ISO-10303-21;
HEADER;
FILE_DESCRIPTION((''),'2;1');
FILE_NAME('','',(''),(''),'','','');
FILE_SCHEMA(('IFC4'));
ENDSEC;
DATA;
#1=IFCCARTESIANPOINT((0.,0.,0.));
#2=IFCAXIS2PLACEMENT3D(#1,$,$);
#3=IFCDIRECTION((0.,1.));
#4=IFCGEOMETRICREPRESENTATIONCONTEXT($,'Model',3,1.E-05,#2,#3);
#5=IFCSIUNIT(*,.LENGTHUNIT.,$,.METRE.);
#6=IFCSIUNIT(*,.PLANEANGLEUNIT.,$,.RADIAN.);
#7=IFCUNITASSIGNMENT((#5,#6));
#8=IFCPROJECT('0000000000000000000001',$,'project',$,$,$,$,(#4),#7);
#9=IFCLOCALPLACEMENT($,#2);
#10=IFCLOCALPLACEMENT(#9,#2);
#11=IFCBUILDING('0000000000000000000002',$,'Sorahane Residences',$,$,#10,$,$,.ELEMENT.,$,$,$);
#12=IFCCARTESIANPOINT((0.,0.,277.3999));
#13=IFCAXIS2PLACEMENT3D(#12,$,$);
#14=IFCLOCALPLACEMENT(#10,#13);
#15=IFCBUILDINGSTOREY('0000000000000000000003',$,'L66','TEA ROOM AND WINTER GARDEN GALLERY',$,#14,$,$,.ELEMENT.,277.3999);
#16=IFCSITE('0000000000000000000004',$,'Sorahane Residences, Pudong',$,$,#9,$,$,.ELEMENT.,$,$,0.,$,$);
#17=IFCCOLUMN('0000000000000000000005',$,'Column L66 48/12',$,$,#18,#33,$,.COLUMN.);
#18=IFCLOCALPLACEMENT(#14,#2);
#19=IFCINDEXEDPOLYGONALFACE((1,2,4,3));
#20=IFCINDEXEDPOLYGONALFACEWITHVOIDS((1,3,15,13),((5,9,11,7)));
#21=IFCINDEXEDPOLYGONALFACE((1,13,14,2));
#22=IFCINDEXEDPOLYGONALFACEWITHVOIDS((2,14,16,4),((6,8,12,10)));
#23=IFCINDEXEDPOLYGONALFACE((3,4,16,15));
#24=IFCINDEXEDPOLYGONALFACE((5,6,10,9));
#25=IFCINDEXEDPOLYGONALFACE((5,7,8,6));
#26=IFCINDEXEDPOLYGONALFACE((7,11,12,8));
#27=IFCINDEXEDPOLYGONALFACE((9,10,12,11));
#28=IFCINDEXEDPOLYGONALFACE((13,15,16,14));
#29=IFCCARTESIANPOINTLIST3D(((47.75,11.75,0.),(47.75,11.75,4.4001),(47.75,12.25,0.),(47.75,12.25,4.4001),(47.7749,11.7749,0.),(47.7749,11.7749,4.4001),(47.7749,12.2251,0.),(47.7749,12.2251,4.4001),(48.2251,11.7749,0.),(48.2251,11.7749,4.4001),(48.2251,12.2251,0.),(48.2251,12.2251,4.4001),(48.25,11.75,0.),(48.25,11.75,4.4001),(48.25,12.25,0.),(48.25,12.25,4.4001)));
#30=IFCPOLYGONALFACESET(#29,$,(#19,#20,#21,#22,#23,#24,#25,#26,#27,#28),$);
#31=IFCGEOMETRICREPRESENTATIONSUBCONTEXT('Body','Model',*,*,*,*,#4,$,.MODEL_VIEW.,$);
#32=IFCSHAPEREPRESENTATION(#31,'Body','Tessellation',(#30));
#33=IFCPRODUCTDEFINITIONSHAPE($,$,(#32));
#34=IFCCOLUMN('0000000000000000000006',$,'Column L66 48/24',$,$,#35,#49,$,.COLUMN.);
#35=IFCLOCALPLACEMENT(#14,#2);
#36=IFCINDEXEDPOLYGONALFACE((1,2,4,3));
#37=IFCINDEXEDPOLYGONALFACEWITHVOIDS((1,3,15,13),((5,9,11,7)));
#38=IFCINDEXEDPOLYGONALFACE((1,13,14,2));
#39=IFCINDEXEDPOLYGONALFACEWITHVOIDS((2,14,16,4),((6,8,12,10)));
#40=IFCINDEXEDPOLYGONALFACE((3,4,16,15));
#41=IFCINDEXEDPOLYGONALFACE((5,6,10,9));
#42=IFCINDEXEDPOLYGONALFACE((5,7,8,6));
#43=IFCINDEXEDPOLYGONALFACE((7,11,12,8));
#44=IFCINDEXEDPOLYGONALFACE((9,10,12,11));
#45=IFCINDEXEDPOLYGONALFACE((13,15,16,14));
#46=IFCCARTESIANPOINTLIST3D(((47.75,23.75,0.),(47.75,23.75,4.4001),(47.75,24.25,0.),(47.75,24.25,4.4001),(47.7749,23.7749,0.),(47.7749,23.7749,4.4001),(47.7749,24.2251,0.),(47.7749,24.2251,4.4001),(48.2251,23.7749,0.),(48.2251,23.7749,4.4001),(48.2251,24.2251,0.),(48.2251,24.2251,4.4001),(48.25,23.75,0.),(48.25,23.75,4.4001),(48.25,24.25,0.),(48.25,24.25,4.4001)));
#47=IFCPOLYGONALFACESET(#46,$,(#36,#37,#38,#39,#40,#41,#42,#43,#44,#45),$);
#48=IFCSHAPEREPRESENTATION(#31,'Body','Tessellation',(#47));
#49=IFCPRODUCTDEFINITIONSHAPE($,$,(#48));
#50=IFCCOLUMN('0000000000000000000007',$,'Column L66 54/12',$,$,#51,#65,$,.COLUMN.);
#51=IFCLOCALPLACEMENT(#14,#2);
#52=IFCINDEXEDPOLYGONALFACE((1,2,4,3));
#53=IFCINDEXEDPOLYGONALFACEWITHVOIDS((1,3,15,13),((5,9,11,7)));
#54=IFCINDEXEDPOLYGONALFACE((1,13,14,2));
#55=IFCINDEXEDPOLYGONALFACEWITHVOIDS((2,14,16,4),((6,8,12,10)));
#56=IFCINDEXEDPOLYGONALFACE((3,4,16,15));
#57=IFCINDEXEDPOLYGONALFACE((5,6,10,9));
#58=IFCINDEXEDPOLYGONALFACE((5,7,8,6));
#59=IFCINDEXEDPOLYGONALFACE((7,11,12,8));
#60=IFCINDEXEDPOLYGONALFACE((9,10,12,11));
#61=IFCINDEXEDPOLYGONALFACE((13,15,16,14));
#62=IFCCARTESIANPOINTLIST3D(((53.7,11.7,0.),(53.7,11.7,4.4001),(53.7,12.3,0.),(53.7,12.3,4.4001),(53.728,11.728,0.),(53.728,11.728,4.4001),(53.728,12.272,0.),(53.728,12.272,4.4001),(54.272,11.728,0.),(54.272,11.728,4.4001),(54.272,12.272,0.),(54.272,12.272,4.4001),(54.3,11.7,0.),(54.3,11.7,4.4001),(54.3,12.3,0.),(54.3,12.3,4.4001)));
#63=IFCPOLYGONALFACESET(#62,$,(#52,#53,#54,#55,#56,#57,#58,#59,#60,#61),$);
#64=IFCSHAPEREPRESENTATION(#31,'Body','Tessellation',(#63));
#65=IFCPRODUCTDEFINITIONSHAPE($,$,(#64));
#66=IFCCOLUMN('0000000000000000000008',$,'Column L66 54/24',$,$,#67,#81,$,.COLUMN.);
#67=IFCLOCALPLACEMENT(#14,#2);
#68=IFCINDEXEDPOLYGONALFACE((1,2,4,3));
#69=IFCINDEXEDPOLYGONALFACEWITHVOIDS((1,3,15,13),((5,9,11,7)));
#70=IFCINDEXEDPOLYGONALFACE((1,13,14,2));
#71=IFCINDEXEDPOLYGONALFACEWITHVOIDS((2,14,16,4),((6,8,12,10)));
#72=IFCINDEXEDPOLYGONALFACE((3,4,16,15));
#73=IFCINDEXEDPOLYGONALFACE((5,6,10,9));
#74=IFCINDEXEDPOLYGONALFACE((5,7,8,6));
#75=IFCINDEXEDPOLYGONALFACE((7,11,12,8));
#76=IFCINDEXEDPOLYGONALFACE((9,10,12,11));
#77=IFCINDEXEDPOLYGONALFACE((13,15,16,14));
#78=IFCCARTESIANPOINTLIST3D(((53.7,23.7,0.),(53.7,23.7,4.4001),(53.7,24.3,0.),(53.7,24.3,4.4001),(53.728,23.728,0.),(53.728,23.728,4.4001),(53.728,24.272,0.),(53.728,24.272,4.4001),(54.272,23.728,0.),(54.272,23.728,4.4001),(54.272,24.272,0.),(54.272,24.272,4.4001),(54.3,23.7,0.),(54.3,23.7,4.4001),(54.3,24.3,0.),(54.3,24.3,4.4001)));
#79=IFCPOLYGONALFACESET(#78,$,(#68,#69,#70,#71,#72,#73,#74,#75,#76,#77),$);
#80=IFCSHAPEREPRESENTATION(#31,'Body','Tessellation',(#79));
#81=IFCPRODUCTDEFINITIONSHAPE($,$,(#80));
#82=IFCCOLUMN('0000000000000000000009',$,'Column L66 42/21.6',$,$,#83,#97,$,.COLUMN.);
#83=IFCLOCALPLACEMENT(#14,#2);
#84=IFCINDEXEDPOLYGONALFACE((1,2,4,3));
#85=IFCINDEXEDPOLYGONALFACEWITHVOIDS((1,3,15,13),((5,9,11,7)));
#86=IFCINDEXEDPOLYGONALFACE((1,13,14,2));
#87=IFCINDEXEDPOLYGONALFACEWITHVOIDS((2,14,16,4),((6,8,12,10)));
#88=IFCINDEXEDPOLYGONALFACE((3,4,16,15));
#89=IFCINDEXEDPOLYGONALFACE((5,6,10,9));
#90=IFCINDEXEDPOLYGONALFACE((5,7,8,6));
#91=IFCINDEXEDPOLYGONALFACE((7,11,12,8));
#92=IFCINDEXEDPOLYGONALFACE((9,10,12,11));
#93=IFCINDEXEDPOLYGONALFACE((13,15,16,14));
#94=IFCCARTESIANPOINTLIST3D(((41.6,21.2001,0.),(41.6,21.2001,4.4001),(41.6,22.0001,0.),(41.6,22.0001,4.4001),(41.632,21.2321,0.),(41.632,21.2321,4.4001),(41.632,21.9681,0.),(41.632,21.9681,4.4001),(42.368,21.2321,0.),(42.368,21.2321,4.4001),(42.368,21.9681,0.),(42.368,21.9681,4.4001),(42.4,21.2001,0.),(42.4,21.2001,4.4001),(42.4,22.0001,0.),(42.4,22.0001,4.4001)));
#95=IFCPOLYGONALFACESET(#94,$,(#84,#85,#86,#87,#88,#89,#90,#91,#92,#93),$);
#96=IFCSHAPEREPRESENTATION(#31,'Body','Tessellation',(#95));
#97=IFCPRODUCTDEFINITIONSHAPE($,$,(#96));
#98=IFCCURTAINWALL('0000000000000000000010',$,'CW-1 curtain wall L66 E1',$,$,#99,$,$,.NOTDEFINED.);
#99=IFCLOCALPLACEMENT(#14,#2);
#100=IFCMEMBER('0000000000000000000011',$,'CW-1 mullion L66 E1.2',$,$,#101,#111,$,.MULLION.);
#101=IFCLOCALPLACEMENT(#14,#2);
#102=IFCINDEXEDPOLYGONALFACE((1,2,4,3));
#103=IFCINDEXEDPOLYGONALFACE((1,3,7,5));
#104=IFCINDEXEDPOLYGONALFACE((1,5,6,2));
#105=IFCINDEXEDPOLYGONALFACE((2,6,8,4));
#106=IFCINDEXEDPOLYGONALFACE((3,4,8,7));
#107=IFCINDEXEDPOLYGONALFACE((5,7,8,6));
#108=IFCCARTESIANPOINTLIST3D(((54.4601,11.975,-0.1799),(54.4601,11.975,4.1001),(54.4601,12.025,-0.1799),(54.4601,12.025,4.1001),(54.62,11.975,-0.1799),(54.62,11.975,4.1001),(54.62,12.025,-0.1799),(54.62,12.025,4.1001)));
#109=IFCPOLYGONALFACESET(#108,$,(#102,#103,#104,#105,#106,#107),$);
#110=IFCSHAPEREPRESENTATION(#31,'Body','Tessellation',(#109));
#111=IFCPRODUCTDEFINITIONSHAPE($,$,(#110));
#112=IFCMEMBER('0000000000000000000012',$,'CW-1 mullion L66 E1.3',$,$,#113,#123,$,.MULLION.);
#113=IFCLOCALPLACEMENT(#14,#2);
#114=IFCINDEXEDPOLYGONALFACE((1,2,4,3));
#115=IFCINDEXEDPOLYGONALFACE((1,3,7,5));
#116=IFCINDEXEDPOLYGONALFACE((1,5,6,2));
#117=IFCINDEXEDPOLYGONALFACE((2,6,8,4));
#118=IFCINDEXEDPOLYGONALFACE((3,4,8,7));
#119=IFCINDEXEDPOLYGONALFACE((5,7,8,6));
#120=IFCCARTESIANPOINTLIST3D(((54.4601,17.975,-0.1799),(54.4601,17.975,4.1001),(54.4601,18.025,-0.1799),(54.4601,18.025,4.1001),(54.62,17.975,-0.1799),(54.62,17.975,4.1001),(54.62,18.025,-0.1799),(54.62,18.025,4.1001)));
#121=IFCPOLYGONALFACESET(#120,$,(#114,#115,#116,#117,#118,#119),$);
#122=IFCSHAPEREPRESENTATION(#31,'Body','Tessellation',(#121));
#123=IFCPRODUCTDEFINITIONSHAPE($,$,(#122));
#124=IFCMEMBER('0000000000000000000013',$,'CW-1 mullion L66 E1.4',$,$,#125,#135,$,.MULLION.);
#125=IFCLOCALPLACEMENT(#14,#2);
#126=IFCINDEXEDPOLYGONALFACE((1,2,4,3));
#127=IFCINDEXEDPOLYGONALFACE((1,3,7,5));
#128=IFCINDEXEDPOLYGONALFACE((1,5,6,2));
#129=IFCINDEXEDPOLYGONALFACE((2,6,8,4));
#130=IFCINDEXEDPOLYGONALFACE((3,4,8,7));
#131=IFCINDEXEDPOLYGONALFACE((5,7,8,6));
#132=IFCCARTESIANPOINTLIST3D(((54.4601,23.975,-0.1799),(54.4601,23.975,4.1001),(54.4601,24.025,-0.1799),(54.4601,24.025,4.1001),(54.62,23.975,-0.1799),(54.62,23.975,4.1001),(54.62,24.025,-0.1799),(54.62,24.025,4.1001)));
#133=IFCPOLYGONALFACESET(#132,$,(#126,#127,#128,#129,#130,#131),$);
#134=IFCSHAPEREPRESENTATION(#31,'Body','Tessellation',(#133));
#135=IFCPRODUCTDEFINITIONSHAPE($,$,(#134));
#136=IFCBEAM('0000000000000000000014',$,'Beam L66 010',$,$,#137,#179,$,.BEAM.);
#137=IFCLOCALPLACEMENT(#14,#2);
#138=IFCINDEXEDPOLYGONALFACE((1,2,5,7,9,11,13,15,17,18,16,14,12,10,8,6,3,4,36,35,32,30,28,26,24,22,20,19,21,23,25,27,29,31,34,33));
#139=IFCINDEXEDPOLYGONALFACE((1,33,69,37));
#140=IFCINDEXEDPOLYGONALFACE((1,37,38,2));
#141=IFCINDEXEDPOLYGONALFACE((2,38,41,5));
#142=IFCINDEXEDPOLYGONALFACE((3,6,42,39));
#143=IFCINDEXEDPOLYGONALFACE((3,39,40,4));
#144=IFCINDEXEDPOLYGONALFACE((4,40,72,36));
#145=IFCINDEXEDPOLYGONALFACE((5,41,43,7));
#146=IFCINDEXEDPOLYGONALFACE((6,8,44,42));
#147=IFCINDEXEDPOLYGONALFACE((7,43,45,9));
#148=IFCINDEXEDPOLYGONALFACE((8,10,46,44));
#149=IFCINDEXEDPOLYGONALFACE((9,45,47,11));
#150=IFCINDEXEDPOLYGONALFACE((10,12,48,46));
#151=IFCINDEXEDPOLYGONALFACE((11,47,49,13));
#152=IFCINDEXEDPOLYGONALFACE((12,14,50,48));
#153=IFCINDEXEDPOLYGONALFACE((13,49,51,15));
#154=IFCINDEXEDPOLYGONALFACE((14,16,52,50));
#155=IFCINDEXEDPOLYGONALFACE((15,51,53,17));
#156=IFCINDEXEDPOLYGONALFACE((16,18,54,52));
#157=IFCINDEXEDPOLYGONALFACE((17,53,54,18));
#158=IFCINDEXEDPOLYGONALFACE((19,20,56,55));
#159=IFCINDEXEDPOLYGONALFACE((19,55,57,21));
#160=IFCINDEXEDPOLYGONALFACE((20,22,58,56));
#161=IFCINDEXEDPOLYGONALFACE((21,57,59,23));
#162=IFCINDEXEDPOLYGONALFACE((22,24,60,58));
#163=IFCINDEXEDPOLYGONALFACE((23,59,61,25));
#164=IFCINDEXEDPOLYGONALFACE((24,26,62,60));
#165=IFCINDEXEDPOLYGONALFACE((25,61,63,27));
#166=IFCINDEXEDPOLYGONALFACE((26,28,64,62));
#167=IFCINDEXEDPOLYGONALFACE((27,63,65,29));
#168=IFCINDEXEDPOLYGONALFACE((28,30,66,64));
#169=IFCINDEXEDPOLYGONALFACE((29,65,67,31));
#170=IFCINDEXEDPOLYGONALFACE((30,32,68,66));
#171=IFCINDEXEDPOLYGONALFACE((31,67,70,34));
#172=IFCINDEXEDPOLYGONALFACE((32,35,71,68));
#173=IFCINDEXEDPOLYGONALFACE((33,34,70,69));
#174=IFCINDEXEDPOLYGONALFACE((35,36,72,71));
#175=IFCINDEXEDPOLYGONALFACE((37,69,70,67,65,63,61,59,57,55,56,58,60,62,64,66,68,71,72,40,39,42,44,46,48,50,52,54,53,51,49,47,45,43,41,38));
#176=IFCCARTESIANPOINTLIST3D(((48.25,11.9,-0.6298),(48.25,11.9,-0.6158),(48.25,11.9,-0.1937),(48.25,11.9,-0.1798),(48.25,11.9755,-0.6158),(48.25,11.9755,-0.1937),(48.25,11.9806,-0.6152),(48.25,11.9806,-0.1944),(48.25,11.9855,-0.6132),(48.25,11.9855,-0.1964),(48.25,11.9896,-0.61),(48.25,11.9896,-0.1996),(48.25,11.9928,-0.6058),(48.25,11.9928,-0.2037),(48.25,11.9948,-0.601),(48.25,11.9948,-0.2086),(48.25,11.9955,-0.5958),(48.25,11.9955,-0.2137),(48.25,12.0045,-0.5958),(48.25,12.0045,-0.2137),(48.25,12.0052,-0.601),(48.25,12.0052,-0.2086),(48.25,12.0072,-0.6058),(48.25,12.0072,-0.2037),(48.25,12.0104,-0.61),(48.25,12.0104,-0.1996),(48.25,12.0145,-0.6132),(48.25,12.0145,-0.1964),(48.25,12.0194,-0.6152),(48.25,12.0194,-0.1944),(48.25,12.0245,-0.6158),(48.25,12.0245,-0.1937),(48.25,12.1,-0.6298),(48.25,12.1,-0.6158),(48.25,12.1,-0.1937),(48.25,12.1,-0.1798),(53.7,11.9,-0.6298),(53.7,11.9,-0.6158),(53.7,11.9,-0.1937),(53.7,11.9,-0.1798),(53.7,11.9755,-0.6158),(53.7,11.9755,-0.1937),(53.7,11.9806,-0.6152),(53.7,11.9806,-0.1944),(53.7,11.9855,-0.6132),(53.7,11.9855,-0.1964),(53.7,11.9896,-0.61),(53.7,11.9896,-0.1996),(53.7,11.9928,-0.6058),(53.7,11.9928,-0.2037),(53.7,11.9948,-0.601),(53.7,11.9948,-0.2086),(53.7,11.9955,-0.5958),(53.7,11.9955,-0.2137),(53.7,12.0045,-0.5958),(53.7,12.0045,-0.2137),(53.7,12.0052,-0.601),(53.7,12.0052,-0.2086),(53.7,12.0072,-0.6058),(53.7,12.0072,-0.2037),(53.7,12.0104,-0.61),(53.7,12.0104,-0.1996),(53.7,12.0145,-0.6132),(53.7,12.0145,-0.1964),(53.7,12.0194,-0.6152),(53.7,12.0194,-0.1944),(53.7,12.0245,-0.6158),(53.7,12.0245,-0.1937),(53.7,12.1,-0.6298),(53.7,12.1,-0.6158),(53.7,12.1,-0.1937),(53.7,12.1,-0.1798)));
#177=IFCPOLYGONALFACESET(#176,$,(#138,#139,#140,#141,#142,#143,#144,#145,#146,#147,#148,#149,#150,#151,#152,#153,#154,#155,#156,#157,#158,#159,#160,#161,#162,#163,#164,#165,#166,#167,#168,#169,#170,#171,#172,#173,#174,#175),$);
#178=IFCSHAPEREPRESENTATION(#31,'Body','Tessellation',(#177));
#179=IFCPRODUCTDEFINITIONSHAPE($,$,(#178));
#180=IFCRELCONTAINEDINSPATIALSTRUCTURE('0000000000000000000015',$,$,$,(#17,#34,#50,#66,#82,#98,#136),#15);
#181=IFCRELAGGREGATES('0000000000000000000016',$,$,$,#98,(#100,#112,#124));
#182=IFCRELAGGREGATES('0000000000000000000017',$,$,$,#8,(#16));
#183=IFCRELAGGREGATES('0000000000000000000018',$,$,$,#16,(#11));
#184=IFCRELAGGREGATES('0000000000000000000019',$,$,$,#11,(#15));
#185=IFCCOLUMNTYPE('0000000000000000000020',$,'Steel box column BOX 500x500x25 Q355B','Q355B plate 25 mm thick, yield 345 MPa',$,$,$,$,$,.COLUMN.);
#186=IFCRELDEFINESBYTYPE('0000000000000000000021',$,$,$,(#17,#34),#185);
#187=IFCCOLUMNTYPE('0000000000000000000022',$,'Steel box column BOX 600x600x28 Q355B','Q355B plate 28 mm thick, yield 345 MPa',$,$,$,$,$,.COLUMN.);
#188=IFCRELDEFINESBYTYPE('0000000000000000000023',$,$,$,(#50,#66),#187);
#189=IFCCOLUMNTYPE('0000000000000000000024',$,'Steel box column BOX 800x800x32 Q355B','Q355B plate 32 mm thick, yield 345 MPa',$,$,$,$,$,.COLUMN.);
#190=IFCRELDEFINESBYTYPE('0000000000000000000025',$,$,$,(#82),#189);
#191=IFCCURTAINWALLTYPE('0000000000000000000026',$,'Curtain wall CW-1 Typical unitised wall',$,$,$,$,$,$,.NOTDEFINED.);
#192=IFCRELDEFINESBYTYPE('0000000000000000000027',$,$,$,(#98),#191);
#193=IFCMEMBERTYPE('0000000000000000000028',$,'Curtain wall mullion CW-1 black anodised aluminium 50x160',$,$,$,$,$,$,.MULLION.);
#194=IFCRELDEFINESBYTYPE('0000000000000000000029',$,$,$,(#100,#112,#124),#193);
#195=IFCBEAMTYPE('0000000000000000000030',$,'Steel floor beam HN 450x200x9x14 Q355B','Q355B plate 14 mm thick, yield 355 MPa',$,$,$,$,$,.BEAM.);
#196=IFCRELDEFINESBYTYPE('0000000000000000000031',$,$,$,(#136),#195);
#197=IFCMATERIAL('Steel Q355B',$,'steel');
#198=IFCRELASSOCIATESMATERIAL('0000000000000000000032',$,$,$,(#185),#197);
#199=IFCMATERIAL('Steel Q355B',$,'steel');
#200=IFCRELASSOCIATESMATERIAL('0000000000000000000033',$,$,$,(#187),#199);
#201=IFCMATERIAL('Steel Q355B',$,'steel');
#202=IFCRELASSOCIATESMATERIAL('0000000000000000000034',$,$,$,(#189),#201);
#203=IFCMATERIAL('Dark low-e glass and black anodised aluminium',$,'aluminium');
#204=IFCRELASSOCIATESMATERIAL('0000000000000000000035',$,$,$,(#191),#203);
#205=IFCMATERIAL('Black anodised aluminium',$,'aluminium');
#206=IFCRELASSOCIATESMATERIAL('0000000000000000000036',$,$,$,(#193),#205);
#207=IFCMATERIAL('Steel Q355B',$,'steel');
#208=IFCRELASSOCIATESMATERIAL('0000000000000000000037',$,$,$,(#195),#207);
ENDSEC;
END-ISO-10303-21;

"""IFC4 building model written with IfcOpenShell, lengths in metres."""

from ifc_helpers import new_model, si_unit, direction, frame, origin, origin_2d, place, context, subcontext, project, spatial, rectangle, hollow_rectangle, i_section, extrude, material, material_profile, profile_set, type_object, element, aggregate, save


model = new_model("IFC4")

# Units and contexts
model_context = context("Model", 3, precision=1e-05, world=origin(), true_north=direction((0.0, 1.0)))
body_context = subcontext(model_context, "Body", "Model", "MODEL_VIEW")
ifc_project = project(units=[si_unit("LENGTHUNIT", "METRE"), si_unit("PLANEANGLEUNIT", "RADIAN")], contexts=[model_context])

# Site, building, storey
site_placement = place(None, origin())
site = spatial("IfcSite", under=ifc_project, at=site_placement, Name="Sorahane Residences, Pudong", CompositionType="ELEMENT", RefElevation=0.0)
building_placement = place(site_placement, origin())
building = spatial("IfcBuilding", under=site, at=building_placement, Name="Sorahane Residences", CompositionType="ELEMENT")
storey_placement = place(building_placement, frame((0.0, 0.0, 277.3999)))
storey = spatial("IfcBuildingStorey", under=building, at=storey_placement, Name="L66", Description="TEA ROOM AND WINTER GARDEN GALLERY", CompositionType="ELEMENT", Elevation=277.3999)

# Columns
ifc_material_1 = material(Name="Steel Q355B", Category="steel")
ifc_material_profile_1 = material_profile(ifc_material_1, hollow_rectangle(XDim=0.5, YDim=0.5, WallThickness=0.0249, at=origin_2d()), Name="BOX 500x500x25")
ifc_profile_set_1 = profile_set([ifc_material_profile_1], Name="Steel Q355B")
column_type_1 = type_object("IfcColumnType", Name="Steel box column BOX 500x500x25 Q355B", Description="Q355B plate 25 mm thick, yield 345 MPa", PredefinedType="COLUMN", material=ifc_profile_set_1)
for number, where, z_axis, x_axis, name in (
    (1, (48.0, 12.0, 0.0), (0.0, 0.0, 1.0), (1.0, 0.0, 0.0), "Column L66 48/12"),
    (2, (48.0, 24.0, 0.0), (0.0, 0.0, 1.0), (1.0, 0.0, 0.0), "Column L66 48/24"),
):
    element("IfcColumn", number, at=place(storey_placement, frame(where, z_axis=z_axis, x_axis=x_axis)), inside=storey, type_object=column_type_1, Name=name, PredefinedType="COLUMN", context=body_context, shape_type="SweptSolid", body=[
        extrude(hollow_rectangle(XDim=0.5, YDim=0.5, WallThickness=0.0249, at=origin_2d()), origin(), (0.0, 0.0, 1.0), 4.4001),
    ])
ifc_material_2 = material(Name="Steel Q355B", Category="steel")
ifc_material_profile_2 = material_profile(ifc_material_2, hollow_rectangle(XDim=0.6001, YDim=0.6001, WallThickness=0.0281, at=origin_2d()), Name="BOX 600x600x28")
ifc_profile_set_2 = profile_set([ifc_material_profile_2], Name="Steel Q355B")
column_type_2 = type_object("IfcColumnType", Name="Steel box column BOX 600x600x28 Q355B", Description="Q355B plate 28 mm thick, yield 345 MPa", PredefinedType="COLUMN", material=ifc_profile_set_2)
for number, where, z_axis, x_axis, name in (
    (3, (54.0, 12.0, 0.0), (0.0, 0.0, 1.0), (1.0, 0.0, 0.0), "Column L66 54/12"),
    (4, (54.0, 24.0, 0.0), (0.0, 0.0, 1.0), (1.0, 0.0, 0.0), "Column L66 54/24"),
):
    element("IfcColumn", number, at=place(storey_placement, frame(where, z_axis=z_axis, x_axis=x_axis)), inside=storey, type_object=column_type_2, Name=name, PredefinedType="COLUMN", context=body_context, shape_type="SweptSolid", body=[
        extrude(hollow_rectangle(XDim=0.6001, YDim=0.6001, WallThickness=0.0281, at=origin_2d()), origin(), (0.0, 0.0, 1.0), 4.4001),
    ])
ifc_material_3 = material(Name="Steel Q355B", Category="steel")
ifc_material_profile_3 = material_profile(ifc_material_3, hollow_rectangle(XDim=0.8, YDim=0.8, WallThickness=0.032, at=origin_2d()), Name="BOX 800x800x32")
ifc_profile_set_3 = profile_set([ifc_material_profile_3], Name="Steel Q355B")
column_type_3 = type_object("IfcColumnType", Name="Steel box column BOX 800x800x32 Q355B", Description="Q355B plate 32 mm thick, yield 345 MPa", PredefinedType="COLUMN", material=ifc_profile_set_3)
column_placement = place(storey_placement, frame((42.0, 21.6001, 0.0), z_axis=(0.0, 0.0, 1.0), x_axis=(1.0, 0.0, 0.0)))
element("IfcColumn", 5, at=column_placement, inside=storey, type_object=column_type_3, Name="Column L66 42/21.6", PredefinedType="COLUMN", context=body_context, shape_type="SweptSolid", body=[
    extrude(hollow_rectangle(XDim=0.8, YDim=0.8, WallThickness=0.032, at=origin_2d()), origin(), (0.0, 0.0, 1.0), 4.4001),
])

# Curtain wall, members
ifc_material_4 = material(Name="Dark low-e glass and black anodised aluminium", Category="aluminium")
curtain_wall_type = type_object("IfcCurtainWallType", Name="Curtain wall CW-1 Typical unitised wall", PredefinedType="NOTDEFINED", material=ifc_material_4)
curtain_wall_placement = place(storey_placement, origin())
curtain_wall = element("IfcCurtainWall", 6, at=curtain_wall_placement, inside=storey, type_object=curtain_wall_type, Name="CW-1 curtain wall L66 E1", PredefinedType="NOTDEFINED")
ifc_material_5 = material(Name="Black anodised aluminium", Category="aluminium")
ifc_material_profile_4 = material_profile(ifc_material_5, rectangle(XDim=0.1599, YDim=0.05, at=origin_2d()), Name="Curtain wall mullion CW-1 black anodised aluminium 50x160")
ifc_profile_set_4 = profile_set([ifc_material_profile_4], Name="Black anodised aluminium")
member_type = type_object("IfcMemberType", Name="Curtain wall mullion CW-1 black anodised aluminium 50x160", PredefinedType="MULLION", material=ifc_profile_set_4)
member_1_placement = place(storey_placement, frame((54.54, 12.0, -0.1799), z_axis=(0.0, 0.0, 1.0), x_axis=(1.0, 0.0, 0.0)))
member_1 = element("IfcMember", 7, at=member_1_placement, type_object=member_type, Name="CW-1 mullion L66 E1.2", PredefinedType="MULLION", context=body_context, shape_type="SweptSolid", body=[
    extrude(rectangle(XDim=0.1599, YDim=0.05, at=origin_2d()), origin(), (0.0, 0.0, 1.0), 4.28),
])
member_2_placement = place(storey_placement, frame((54.54, 18.0, -0.1799), z_axis=(0.0, 0.0, 1.0), x_axis=(1.0, 0.0, 0.0)))
member_2 = element("IfcMember", 8, at=member_2_placement, type_object=member_type, Name="CW-1 mullion L66 E1.3", PredefinedType="MULLION", context=body_context, shape_type="SweptSolid", body=[
    extrude(rectangle(XDim=0.1599, YDim=0.05, at=origin_2d()), origin(), (0.0, 0.0, 1.0), 4.28),
])
member_3_placement = place(storey_placement, frame((54.54, 24.0, -0.1799), z_axis=(0.0, 0.0, 1.0), x_axis=(1.0, 0.0, 0.0)))
member_3 = element("IfcMember", 9, at=member_3_placement, type_object=member_type, Name="CW-1 mullion L66 E1.4", PredefinedType="MULLION", context=body_context, shape_type="SweptSolid", body=[
    extrude(rectangle(XDim=0.1599, YDim=0.05, at=origin_2d()), origin(), (0.0, 0.0, 1.0), 4.28),
])

# Beam
ifc_material_6 = material(Name="Steel Q355B", Category="steel")
ifc_material_profile_5 = material_profile(ifc_material_6, i_section(OverallWidth=0.2, OverallDepth=0.45, WebThickness=0.009, FlangeThickness=0.0139, FilletRadius=0.02, at=origin_2d()), Name="HN 450x200x9x14")
ifc_profile_set_5 = profile_set([ifc_material_profile_5], Name="Steel Q355B")
beam_type_1 = type_object("IfcBeamType", Name="Steel floor beam HN 450x200x9x14 Q355B", Description="Q355B plate 14 mm thick, yield 355 MPa", PredefinedType="BEAM", material=ifc_profile_set_5)
for number, where, z_axis, x_axis, name in (
    (10, (48.25, 12.0, -0.4048), (1.0, 0.0, 0.0), (0.0, 1.0, 0.0), "Beam L66 010"),
):
    element("IfcBeam", number, at=place(storey_placement, frame(where, z_axis=z_axis, x_axis=x_axis)), inside=storey, type_object=beam_type_1, Name=name, PredefinedType="BEAM", context=body_context, shape_type="SweptSolid", body=[
        extrude(i_section(OverallWidth=0.2, OverallDepth=0.45, WebThickness=0.009, FlangeThickness=0.0139, FilletRadius=0.02, at=origin_2d()), origin(), (0.0, 0.0, 1.0), 5.45),
    ])

aggregate(curtain_wall, [member_1, member_2, member_3])

save(model, "model.ifc")
